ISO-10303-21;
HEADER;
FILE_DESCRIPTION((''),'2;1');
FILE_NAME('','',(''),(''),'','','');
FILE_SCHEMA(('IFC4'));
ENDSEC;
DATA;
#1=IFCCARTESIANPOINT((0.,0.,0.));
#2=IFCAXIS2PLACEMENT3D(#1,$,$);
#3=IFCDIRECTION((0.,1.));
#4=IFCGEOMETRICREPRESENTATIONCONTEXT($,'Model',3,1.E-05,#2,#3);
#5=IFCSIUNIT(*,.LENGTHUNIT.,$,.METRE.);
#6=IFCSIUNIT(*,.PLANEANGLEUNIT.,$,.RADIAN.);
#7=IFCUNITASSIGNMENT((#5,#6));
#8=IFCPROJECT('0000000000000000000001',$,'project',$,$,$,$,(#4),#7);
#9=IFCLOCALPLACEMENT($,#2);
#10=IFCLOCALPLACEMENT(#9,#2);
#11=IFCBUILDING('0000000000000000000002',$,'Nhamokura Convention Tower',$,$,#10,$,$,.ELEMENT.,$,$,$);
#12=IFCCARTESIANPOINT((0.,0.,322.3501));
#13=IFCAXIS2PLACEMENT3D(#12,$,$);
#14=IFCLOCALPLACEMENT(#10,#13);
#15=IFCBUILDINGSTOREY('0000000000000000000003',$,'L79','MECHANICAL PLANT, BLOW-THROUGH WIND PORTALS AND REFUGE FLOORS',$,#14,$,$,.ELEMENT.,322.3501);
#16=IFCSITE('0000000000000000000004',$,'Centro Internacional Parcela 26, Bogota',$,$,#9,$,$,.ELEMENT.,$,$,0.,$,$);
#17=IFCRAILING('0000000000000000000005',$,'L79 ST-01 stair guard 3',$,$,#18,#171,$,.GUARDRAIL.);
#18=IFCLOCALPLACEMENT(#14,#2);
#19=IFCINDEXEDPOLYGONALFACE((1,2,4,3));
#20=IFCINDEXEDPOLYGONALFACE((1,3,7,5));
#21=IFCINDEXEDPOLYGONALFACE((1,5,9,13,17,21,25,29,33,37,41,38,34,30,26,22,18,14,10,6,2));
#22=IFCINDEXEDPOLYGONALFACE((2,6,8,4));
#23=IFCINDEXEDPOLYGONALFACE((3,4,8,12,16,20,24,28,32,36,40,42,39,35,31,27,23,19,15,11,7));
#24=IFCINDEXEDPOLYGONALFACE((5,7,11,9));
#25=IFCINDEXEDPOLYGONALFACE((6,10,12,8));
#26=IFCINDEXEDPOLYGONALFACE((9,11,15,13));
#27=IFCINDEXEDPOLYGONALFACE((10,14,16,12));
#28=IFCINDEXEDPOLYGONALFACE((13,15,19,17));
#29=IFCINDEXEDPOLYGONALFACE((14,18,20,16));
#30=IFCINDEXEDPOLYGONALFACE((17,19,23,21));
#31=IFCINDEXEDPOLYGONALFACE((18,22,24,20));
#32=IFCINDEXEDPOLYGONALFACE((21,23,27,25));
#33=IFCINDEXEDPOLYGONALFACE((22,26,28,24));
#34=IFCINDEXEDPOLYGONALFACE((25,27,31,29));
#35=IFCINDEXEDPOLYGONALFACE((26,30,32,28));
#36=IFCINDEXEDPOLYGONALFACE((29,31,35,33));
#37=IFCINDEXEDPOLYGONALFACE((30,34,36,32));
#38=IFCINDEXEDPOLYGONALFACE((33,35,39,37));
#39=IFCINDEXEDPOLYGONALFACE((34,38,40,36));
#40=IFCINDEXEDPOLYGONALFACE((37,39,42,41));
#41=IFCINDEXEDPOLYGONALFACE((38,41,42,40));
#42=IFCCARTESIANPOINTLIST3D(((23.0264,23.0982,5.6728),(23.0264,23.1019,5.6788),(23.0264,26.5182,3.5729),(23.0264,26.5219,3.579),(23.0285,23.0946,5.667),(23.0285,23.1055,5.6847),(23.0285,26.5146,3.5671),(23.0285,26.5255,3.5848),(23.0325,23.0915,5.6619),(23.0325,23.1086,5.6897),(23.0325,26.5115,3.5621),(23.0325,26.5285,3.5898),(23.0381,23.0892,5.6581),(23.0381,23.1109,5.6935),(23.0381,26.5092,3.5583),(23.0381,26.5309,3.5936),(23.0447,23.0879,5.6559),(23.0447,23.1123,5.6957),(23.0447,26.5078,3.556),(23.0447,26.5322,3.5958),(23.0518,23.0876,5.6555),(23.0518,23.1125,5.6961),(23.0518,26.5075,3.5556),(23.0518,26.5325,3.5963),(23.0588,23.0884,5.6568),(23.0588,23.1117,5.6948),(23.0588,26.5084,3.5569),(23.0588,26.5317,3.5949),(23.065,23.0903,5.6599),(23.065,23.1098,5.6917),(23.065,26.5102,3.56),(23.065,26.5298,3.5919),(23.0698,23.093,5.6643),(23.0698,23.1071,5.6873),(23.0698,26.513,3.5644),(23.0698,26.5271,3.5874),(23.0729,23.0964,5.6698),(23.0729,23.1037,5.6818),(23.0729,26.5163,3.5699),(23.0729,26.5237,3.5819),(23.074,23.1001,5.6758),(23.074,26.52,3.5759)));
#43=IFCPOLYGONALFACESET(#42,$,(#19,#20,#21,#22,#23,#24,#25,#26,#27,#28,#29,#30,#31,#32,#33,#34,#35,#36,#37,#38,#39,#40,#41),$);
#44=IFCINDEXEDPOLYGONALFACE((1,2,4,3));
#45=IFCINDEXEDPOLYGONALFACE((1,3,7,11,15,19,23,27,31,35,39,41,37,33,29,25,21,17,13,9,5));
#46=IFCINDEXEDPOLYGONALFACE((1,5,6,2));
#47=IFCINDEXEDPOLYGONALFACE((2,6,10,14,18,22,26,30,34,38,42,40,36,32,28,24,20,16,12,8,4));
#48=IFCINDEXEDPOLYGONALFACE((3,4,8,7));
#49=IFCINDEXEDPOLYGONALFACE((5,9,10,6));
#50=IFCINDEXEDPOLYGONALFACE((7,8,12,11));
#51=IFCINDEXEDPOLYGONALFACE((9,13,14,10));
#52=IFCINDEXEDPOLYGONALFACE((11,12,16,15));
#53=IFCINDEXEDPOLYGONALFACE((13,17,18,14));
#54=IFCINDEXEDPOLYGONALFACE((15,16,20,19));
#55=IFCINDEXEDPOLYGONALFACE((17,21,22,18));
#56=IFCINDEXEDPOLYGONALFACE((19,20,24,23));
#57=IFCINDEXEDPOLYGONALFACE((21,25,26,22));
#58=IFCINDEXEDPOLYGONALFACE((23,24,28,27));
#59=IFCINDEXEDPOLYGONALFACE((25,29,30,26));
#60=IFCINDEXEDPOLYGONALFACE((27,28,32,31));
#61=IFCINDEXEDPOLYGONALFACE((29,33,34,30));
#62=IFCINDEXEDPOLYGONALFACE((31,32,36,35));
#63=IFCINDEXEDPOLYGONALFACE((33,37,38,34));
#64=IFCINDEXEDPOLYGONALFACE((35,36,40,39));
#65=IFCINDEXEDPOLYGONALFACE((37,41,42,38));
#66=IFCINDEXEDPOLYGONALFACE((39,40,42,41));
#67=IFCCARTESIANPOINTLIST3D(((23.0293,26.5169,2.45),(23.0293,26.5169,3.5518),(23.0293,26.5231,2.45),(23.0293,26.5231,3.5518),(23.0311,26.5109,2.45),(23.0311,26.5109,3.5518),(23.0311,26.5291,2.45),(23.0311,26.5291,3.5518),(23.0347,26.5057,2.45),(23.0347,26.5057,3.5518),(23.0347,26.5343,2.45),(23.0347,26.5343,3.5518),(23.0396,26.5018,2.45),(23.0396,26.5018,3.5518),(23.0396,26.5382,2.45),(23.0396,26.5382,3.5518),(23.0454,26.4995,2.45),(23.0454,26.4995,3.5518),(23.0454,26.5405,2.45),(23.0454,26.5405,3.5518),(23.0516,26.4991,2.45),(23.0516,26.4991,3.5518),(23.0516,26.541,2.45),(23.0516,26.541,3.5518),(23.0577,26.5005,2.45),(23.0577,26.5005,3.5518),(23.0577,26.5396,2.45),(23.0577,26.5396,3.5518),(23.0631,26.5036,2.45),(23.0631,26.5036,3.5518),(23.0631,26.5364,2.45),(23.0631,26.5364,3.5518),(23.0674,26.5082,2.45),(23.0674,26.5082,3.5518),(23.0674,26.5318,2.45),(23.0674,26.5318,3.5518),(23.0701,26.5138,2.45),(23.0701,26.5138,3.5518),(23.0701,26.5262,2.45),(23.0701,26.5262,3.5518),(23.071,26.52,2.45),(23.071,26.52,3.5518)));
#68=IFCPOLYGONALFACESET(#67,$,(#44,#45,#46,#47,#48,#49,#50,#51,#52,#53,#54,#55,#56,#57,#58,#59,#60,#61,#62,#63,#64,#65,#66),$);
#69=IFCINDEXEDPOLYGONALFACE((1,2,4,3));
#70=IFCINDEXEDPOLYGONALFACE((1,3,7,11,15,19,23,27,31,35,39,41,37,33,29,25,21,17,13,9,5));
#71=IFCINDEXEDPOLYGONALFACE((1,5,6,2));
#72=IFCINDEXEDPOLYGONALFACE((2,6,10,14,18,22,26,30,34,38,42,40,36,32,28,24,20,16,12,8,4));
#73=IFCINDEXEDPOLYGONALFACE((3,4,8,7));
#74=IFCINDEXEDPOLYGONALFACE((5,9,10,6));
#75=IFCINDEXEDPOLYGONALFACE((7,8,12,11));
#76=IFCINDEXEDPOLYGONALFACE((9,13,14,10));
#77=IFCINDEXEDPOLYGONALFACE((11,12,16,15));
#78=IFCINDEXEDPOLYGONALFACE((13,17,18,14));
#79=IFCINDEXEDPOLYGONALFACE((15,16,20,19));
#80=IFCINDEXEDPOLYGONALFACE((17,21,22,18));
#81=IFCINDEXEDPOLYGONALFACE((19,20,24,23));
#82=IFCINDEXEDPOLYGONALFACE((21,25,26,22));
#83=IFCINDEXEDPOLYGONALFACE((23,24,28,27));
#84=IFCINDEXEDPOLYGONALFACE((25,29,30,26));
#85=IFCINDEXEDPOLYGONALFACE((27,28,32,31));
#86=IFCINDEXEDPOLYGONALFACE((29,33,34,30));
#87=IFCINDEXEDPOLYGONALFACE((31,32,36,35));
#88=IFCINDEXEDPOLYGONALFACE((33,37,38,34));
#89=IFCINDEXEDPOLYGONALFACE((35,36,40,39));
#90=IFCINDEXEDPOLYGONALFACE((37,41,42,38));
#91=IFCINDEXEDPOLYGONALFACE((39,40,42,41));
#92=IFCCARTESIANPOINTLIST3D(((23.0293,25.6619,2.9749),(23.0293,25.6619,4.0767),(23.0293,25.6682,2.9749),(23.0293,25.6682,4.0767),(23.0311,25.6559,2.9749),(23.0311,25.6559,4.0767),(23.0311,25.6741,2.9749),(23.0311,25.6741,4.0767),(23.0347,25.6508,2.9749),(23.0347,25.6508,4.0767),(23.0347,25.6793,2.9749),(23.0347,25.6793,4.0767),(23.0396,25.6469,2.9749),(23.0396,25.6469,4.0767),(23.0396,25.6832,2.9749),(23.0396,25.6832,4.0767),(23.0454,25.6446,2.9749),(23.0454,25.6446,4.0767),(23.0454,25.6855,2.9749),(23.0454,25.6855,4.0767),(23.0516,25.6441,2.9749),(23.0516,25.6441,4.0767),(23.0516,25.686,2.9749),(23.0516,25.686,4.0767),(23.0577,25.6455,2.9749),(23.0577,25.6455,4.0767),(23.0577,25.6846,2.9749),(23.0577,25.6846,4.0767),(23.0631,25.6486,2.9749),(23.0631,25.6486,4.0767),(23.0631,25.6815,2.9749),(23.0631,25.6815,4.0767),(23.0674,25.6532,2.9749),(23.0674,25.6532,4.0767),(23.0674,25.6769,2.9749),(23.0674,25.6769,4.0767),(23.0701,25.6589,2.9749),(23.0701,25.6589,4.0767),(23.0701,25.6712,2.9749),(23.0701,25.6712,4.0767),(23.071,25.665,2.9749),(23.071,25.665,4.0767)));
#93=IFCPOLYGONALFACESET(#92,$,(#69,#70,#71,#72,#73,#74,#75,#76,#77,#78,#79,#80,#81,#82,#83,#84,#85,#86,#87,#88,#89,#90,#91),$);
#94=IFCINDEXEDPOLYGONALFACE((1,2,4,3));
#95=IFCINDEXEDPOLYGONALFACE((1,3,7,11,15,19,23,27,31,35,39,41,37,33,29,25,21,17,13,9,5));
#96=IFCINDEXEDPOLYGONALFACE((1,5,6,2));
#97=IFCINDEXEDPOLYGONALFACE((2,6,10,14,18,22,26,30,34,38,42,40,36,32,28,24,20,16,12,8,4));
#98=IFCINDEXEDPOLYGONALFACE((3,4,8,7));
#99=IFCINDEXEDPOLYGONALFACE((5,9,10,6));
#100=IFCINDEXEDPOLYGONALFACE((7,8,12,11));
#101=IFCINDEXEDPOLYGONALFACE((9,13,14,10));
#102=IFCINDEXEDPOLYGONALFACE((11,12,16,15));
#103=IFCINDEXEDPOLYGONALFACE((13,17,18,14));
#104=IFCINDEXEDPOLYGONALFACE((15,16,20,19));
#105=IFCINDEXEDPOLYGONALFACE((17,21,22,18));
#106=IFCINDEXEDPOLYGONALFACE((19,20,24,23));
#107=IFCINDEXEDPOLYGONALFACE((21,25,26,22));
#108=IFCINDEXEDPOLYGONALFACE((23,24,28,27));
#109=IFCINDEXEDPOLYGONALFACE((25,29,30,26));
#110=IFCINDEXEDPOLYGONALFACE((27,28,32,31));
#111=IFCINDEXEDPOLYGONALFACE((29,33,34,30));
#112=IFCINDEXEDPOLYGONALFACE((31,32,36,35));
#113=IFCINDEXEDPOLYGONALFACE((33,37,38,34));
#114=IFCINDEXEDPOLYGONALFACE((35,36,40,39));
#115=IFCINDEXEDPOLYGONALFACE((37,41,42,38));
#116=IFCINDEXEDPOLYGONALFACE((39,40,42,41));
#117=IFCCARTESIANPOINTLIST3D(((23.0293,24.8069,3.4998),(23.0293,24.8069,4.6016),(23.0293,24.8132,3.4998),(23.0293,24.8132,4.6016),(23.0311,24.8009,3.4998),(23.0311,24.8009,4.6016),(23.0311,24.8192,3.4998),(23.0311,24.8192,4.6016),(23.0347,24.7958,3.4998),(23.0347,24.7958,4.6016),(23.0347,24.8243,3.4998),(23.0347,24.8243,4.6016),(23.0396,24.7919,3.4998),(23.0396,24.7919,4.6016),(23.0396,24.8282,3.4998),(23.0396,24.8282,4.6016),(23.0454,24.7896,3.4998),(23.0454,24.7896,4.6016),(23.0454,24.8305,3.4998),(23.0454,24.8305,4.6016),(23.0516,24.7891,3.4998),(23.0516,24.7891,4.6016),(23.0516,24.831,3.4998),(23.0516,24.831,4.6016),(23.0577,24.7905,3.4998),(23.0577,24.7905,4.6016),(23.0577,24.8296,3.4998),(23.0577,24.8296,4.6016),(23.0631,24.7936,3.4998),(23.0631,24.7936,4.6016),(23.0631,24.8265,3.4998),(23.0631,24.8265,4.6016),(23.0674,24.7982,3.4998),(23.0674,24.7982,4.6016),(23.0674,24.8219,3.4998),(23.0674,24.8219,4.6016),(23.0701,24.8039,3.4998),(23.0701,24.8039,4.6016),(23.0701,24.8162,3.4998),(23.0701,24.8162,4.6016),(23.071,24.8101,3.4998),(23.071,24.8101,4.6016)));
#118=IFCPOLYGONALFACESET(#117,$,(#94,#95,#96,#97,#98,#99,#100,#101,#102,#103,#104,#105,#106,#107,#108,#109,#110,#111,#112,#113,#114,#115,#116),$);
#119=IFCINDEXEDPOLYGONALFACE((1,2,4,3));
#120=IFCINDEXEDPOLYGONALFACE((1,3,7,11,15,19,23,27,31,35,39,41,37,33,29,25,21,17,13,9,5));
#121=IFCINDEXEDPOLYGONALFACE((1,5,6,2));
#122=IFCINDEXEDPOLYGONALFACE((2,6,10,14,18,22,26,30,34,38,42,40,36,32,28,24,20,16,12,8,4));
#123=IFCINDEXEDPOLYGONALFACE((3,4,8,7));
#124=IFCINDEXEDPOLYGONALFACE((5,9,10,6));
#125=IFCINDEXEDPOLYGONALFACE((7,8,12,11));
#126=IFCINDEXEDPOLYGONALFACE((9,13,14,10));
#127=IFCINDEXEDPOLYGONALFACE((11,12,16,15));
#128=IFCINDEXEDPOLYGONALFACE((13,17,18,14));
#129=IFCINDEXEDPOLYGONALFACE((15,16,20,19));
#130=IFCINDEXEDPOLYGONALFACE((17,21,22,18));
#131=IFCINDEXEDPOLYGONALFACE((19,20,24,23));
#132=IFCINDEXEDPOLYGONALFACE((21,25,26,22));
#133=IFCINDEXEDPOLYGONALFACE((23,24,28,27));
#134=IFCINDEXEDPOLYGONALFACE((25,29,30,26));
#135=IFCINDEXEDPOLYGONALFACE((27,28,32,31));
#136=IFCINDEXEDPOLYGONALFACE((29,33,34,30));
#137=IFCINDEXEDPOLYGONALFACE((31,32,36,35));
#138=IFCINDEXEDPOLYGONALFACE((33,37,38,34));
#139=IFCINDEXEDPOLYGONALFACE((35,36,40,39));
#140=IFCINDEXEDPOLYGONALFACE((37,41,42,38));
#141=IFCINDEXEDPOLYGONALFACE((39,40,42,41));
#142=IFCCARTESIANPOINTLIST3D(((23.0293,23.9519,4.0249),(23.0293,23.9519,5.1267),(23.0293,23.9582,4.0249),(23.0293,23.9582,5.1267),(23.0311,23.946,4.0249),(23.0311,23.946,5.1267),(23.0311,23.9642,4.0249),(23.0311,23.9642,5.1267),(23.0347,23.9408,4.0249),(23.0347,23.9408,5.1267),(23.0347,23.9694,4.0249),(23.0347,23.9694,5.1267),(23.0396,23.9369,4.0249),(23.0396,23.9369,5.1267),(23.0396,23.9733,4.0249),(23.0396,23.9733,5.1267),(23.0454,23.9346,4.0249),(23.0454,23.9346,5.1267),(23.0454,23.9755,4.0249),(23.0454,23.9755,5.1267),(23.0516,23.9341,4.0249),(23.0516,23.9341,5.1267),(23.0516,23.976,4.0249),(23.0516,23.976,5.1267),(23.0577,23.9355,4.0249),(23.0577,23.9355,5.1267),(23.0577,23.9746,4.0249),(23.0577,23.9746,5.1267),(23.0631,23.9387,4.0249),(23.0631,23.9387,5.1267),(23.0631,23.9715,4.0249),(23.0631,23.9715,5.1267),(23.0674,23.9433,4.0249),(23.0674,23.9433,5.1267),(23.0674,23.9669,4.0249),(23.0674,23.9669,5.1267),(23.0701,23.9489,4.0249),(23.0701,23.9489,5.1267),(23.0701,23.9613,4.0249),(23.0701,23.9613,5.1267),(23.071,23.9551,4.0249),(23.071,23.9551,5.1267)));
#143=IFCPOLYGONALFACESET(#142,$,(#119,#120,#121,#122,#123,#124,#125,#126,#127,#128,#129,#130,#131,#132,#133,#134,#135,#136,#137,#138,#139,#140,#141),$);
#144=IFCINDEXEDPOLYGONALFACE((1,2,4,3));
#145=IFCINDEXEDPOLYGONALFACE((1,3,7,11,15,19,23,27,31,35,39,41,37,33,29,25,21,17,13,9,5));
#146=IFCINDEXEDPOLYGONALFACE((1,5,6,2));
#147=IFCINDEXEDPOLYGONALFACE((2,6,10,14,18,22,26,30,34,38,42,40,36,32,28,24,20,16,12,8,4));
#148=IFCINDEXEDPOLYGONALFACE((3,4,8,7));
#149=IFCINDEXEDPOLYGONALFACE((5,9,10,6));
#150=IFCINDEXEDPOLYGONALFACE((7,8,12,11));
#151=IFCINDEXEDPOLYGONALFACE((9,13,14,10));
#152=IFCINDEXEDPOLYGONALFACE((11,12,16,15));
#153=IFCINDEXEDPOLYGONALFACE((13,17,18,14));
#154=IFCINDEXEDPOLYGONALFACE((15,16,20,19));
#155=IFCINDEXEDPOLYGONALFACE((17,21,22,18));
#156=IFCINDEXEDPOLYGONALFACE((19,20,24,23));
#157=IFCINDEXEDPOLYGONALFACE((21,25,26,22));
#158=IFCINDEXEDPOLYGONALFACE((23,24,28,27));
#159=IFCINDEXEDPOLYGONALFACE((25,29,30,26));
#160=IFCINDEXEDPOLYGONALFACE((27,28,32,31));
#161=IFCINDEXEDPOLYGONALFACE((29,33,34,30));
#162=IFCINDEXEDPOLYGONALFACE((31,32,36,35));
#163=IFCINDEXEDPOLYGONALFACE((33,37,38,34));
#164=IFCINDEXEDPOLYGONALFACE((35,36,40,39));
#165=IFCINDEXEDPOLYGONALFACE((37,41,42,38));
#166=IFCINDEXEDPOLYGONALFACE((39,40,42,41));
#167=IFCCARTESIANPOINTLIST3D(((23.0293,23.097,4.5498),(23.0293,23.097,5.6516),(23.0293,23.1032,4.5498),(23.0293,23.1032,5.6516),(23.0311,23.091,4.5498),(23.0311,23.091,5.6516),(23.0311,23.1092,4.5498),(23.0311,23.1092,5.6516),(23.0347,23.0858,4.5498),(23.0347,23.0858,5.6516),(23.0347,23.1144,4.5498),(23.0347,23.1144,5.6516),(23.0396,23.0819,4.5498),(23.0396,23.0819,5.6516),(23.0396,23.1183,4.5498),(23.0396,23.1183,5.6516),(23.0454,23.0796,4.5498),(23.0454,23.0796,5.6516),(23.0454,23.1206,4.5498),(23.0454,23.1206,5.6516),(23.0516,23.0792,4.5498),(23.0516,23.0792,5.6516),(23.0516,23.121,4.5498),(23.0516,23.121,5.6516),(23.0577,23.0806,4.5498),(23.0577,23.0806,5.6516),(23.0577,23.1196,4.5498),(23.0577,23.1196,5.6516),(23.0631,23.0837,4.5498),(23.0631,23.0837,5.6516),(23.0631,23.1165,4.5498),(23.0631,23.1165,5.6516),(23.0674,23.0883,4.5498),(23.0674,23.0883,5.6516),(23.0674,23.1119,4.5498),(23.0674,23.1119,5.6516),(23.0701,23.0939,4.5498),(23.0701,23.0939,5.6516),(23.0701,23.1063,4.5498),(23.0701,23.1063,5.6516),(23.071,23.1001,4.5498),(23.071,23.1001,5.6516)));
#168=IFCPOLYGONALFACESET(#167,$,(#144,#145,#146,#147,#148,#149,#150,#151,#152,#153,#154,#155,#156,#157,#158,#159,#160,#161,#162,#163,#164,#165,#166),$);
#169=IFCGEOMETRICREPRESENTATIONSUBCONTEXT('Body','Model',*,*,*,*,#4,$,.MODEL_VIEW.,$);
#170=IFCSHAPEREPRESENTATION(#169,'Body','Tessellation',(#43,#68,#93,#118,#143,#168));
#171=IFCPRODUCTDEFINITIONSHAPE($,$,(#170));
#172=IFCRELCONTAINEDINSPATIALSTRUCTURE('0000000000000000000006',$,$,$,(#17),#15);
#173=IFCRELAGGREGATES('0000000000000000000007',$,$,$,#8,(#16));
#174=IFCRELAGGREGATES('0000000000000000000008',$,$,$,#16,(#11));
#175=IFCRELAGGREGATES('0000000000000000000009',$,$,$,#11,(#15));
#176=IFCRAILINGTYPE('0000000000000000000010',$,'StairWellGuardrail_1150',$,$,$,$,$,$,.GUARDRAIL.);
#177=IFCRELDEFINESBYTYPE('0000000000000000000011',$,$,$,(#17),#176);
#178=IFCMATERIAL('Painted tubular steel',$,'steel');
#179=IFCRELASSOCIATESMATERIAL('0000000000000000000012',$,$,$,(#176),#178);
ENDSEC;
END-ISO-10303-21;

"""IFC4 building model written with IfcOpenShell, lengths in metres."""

from ifc_helpers import new_model, si_unit, direction, frame, origin, origin_2d, place, context, subcontext, project, spatial, circle, extrude, material, type_object, element, save


model = new_model("IFC4")

# Units and contexts
model_context = context("Model", 3, precision=1e-05, world=origin(), true_north=direction((0.0, 1.0)))
body_context = subcontext(model_context, "Body", "Model", "MODEL_VIEW")
ifc_project = project(units=[si_unit("LENGTHUNIT", "METRE"), si_unit("PLANEANGLEUNIT", "RADIAN")], contexts=[model_context])

# Site, building, storey
site_placement = place(None, origin())
site = spatial("IfcSite", under=ifc_project, at=site_placement, Name="Centro Internacional Parcela 26, Bogota", CompositionType="ELEMENT", RefElevation=0.0)
building_placement = place(site_placement, origin())
building = spatial("IfcBuilding", under=site, at=building_placement, Name="Nhamokura Convention Tower", CompositionType="ELEMENT")
storey_placement = place(building_placement, frame((0.0, 0.0, 322.3501)))
storey = spatial("IfcBuildingStorey", under=building, at=storey_placement, Name="L79", Description="MECHANICAL PLANT, BLOW-THROUGH WIND PORTALS AND REFUGE FLOORS", CompositionType="ELEMENT", Elevation=322.3501)

# Railing
ifc_material_1 = material(Name="Painted tubular steel", Category="steel")
railing_type_1 = type_object("IfcRailingType", Name="StairWellGuardrail_1150", PredefinedType="GUARDRAIL", material=ifc_material_1)
railing_1_placement = place(storey_placement, frame((23.05, 26.52, 2.45)))
element("IfcRailing", 1, at=railing_1_placement, inside=storey, type_object=railing_type_1, Name="L79 ST-01 stair guard 3", PredefinedType="GUARDRAIL", context=body_context, shape_type="SweptSolid", body=[
    extrude(circle(Radius=0.0239, at=origin_2d()), frame((0.0, 0.0, 1.126), z_axis=(0.0, -0.852182, 0.523245), x_axis=(1.0, 0.0, 0.0)), (0.0, 0.0, 1.0), 4.0132),
    extrude(circle(Radius=0.021, at=origin_2d()), origin(), (0.0, 0.0, 1.0), 1.1018),
    extrude(circle(Radius=0.021, at=origin_2d()), frame((0.0, -0.855, 0.5249)), (0.0, 0.0, 1.0), 1.1018),
    extrude(circle(Radius=0.021, at=origin_2d()), frame((0.0, -1.71, 1.0498)), (0.0, 0.0, 1.0), 1.1018),
    extrude(circle(Radius=0.021, at=origin_2d()), frame((0.0, -2.5649, 1.575)), (0.0, 0.0, 1.0), 1.1018),
    extrude(circle(Radius=0.021, at=origin_2d()), frame((0.0, -3.4199, 2.0999)), (0.0, 0.0, 1.0), 1.1018),
])

save(model, "model.ifc")
